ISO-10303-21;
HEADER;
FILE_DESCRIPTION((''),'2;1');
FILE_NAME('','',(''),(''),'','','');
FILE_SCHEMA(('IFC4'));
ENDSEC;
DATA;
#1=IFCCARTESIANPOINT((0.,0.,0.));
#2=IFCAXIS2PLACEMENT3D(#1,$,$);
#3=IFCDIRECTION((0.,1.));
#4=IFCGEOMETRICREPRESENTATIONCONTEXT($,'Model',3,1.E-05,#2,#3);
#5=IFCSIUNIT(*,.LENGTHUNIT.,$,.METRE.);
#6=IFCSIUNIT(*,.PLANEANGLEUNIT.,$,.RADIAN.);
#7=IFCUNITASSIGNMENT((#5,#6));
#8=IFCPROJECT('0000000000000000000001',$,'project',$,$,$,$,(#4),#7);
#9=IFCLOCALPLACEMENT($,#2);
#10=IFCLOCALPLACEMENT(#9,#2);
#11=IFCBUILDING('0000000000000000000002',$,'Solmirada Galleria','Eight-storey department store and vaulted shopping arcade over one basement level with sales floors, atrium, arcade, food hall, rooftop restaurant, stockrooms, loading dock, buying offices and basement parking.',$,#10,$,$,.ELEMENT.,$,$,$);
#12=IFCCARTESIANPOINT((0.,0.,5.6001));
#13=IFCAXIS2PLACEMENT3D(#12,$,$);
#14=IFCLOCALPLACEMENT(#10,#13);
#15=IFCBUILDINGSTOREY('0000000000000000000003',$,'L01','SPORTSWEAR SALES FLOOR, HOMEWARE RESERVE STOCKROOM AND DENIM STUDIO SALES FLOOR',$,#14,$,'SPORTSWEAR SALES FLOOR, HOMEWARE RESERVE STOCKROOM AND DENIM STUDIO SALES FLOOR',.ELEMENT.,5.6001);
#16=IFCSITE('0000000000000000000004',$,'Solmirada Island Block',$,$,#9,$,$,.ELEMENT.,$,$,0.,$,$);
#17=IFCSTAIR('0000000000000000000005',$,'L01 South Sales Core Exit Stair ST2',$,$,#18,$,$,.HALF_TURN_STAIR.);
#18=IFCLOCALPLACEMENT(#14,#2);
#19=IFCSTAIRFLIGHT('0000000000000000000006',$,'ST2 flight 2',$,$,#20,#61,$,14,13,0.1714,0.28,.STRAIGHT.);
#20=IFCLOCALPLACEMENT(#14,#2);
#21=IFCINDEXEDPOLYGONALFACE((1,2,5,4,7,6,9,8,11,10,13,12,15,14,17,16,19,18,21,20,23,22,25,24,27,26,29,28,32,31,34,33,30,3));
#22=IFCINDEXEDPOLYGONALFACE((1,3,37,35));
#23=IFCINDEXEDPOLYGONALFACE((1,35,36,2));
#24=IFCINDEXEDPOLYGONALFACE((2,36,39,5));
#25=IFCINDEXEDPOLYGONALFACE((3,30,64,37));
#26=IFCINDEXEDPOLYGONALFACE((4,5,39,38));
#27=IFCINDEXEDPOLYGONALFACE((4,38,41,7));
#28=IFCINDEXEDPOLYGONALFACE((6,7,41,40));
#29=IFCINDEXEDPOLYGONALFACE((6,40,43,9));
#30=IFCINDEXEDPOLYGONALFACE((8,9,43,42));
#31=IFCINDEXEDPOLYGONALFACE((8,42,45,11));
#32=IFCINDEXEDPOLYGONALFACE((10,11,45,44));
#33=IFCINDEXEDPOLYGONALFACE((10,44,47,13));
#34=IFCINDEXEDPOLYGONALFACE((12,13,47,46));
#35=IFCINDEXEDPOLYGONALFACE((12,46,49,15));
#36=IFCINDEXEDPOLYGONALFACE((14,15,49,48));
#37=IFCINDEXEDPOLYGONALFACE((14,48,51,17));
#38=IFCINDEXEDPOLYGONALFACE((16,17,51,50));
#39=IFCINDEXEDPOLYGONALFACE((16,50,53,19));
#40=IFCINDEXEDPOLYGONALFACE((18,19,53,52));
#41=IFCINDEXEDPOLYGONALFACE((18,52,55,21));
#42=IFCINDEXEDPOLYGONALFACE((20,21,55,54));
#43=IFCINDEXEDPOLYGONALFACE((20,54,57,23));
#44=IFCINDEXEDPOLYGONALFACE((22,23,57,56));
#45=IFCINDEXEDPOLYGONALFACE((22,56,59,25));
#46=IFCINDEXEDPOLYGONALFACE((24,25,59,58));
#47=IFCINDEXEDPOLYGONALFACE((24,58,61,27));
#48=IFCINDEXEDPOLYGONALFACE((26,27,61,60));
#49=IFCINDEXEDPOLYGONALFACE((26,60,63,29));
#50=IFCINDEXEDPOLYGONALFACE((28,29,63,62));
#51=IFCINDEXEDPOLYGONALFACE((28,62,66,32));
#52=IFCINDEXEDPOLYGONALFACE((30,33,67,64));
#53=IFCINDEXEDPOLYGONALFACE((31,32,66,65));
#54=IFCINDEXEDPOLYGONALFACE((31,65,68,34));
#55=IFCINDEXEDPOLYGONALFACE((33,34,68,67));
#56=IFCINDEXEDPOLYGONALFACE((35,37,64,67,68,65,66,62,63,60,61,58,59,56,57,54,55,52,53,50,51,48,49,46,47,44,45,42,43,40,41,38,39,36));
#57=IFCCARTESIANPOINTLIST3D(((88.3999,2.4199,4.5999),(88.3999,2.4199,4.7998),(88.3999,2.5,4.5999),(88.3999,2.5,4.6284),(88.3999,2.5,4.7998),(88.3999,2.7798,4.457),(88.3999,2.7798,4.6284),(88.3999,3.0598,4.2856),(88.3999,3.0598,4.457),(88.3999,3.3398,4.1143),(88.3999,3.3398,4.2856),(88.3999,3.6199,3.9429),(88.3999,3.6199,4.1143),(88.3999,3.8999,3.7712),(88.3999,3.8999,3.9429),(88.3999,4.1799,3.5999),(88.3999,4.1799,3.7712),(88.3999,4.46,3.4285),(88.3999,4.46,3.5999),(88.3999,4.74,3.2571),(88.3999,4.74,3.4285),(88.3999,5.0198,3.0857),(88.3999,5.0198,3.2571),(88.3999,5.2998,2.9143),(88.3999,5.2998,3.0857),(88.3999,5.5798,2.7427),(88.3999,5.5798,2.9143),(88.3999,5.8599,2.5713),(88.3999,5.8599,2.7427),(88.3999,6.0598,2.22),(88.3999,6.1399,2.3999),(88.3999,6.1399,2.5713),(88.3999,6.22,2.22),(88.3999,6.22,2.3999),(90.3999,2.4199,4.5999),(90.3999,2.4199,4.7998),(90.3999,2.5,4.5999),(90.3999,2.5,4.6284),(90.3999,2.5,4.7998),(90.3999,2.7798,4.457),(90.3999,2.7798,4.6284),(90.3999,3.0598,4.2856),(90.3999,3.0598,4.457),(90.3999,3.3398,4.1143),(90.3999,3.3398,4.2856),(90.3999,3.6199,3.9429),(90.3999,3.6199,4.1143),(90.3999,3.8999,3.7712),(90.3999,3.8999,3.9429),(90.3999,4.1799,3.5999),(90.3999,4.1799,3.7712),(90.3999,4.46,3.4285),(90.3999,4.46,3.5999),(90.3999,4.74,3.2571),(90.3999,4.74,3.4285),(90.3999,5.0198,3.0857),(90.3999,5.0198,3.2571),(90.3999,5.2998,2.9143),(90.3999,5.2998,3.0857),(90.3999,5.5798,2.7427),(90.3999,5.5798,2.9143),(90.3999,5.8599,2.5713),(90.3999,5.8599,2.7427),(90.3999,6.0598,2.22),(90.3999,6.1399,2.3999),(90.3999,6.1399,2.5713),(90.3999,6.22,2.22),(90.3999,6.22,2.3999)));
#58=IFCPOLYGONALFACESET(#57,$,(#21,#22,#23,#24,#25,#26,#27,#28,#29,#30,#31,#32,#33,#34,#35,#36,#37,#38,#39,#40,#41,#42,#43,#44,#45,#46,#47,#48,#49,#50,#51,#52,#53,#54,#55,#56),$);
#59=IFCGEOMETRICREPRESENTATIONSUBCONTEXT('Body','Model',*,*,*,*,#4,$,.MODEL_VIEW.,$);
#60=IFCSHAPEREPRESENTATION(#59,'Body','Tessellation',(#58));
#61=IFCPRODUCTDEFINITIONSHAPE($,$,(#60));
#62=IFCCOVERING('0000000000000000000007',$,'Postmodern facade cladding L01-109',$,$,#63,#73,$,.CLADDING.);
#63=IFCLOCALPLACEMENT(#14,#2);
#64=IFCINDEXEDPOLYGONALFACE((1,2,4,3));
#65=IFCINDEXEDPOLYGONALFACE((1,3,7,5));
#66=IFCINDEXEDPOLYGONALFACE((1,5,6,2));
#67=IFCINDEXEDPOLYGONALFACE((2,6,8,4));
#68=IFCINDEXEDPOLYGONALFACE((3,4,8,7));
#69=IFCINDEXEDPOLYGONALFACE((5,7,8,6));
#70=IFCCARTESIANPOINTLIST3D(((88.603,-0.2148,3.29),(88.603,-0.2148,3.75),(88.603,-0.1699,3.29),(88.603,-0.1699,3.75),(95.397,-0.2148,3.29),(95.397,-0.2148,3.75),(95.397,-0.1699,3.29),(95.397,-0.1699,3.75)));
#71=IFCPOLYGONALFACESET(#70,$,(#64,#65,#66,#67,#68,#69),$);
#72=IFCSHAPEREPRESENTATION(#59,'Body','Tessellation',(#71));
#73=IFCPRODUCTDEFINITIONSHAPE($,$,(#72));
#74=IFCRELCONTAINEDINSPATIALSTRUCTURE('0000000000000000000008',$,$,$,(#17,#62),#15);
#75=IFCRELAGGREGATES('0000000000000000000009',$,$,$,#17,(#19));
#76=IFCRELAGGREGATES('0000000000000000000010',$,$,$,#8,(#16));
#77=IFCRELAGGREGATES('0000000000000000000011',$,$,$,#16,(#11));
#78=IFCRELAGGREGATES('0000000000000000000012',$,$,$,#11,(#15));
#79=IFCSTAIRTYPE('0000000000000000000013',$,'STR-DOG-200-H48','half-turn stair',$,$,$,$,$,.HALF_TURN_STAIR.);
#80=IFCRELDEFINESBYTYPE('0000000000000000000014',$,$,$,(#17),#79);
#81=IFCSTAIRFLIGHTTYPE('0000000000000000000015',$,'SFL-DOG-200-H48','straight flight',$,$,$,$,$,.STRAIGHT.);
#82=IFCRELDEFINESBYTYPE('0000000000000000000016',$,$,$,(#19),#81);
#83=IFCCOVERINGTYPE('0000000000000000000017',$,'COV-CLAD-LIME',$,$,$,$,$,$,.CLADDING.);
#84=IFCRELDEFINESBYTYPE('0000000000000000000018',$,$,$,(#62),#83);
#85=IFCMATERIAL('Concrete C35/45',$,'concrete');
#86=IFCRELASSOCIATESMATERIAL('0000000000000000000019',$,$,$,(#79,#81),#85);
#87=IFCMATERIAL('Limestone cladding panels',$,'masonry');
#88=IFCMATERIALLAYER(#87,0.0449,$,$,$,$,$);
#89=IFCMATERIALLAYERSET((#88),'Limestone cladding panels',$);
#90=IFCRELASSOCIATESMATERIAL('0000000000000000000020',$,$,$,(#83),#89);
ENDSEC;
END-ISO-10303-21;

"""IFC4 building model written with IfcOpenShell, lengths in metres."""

from ifc_helpers import new_model, si_unit, direction, frame, origin, origin_2d, place, context, subcontext, project, spatial, polyline, rectangle, outline, extrude, material, layer, layer_set, type_object, element, aggregate, save


model = new_model("IFC4")

# Units and contexts
model_context = context("Model", 3, precision=1e-05, world=origin(), true_north=direction((0.0, 1.0)))
body_context = subcontext(model_context, "Body", "Model", "MODEL_VIEW")
ifc_project = project(units=[si_unit("LENGTHUNIT", "METRE"), si_unit("PLANEANGLEUNIT", "RADIAN")], contexts=[model_context])

# Site, building, storey
site_placement = place(None, origin())
site = spatial("IfcSite", under=ifc_project, at=site_placement, Name="Solmirada Island Block", CompositionType="ELEMENT", RefElevation=0.0)
building_placement = place(site_placement, origin())
building = spatial("IfcBuilding", under=site, at=building_placement, Name="Solmirada Galleria", Description="Eight-storey department store and vaulted shopping arcade over one basement level with sales floors, atrium, arcade, food hall, rooftop restaurant, stockrooms, loading dock, buying offices and basement parking.", CompositionType="ELEMENT")
storey_placement = place(building_placement, frame((0.0, 0.0, 5.6001)))
storey = spatial("IfcBuildingStorey", under=building, at=storey_placement, Name="L01", Description="SPORTSWEAR SALES FLOOR, HOMEWARE RESERVE STOCKROOM AND DENIM STUDIO SALES FLOOR", LongName="SPORTSWEAR SALES FLOOR, HOMEWARE RESERVE STOCKROOM AND DENIM STUDIO SALES FLOOR", CompositionType="ELEMENT", Elevation=5.6001)

# Stair, stair flight
ifc_material_1 = material(Name="Concrete C35/45", Category="concrete")
stair_type = type_object("IfcStairType", Name="STR-DOG-200-H48", Description="half-turn stair", PredefinedType="HALF_TURN_STAIR", material=ifc_material_1)
stair_placement = place(storey_placement, origin())
stair = element("IfcStair", 1, at=stair_placement, inside=storey, type_object=stair_type, Name="L01 South Sales Core Exit Stair ST2", PredefinedType="HALF_TURN_STAIR")
stair_flight_type = type_object("IfcStairFlightType", Name="SFL-DOG-200-H48", Description="straight flight", PredefinedType="STRAIGHT", material=ifc_material_1)
stair_flight_1_placement = place(storey_placement, frame((89.3999, 6.1399, 2.3999), z_axis=(0.0, 0.0, 1.0), x_axis=(0.0, -1.0, 0.0)))
stair_flight_1 = element("IfcStairFlight", 2, at=stair_flight_1_placement, type_object=stair_flight_type, Name="ST2 flight 2", NumberOfRisers=14, NumberOfTreads=13, PredefinedType="STRAIGHT", RiserHeight=0.1714, TreadLength=0.28, context=body_context, shape_type="SweptSolid", body=[
    extrude(outline(polyline([(-0.0801, 0.0), (0.0, 0.0), (0.0, 0.1714), (0.28, 0.1714), (0.28, 0.3428), (0.5601, 0.3428), (0.5601, 0.5144), (0.8401, 0.5144), (0.8401, 0.6858), (1.1201, 0.6858), (1.1201, 0.8572), (1.3999, 0.8572), (1.3999, 1.0286), (1.6799, 1.0286), (1.6799, 1.2), (1.96, 1.2), (1.96, 1.3713), (2.24, 1.3713), (2.24, 1.543), (2.52, 1.543), (2.52, 1.7144), (2.8, 1.7144), (2.8, 1.8857), (3.0801, 1.8857), (3.0801, 2.0571), (3.3601, 2.0571), (3.3601, 2.2285), (3.6399, 2.2285), (3.6399, 2.3999), (3.72, 2.3999), (3.72, 2.2), (3.6399, 2.2), (0.0801, -0.1799), (-0.0801, -0.1799), (-0.0801, 0.0)])), frame((0.0, 1.0, 0.0), z_axis=(0.0, -1.0, 0.0), x_axis=(1.0, 0.0, 0.0)), (0.0, 0.0, 1.0), 2.0),
])
aggregate(stair, [stair_flight_1])

# Covering
ifc_material_2 = material(Name="Limestone cladding panels", Category="masonry")
ifc_layer_1 = layer(ifc_material_2, 0.0449)
ifc_layer_set_1 = layer_set([ifc_layer_1], Name="Limestone cladding panels")
covering_type = type_object("IfcCoveringType", Name="COV-CLAD-LIME", PredefinedType="CLADDING", material=ifc_layer_set_1)
covering_placement = place(storey_placement, frame((92.0, -0.1924, 3.29), z_axis=(0.0, 0.0, 1.0), x_axis=(-1.0, 0.0, 0.0)))
element("IfcCovering", 3, at=covering_placement, inside=storey, type_object=covering_type, Name="Postmodern facade cladding L01-109", PredefinedType="CLADDING", context=body_context, shape_type="SweptSolid", body=[
    extrude(rectangle(XDim=6.7939, YDim=0.0449, at=origin_2d()), origin(), (0.0, 0.0, 1.0), 0.46),
])

save(model, "model.ifc")
